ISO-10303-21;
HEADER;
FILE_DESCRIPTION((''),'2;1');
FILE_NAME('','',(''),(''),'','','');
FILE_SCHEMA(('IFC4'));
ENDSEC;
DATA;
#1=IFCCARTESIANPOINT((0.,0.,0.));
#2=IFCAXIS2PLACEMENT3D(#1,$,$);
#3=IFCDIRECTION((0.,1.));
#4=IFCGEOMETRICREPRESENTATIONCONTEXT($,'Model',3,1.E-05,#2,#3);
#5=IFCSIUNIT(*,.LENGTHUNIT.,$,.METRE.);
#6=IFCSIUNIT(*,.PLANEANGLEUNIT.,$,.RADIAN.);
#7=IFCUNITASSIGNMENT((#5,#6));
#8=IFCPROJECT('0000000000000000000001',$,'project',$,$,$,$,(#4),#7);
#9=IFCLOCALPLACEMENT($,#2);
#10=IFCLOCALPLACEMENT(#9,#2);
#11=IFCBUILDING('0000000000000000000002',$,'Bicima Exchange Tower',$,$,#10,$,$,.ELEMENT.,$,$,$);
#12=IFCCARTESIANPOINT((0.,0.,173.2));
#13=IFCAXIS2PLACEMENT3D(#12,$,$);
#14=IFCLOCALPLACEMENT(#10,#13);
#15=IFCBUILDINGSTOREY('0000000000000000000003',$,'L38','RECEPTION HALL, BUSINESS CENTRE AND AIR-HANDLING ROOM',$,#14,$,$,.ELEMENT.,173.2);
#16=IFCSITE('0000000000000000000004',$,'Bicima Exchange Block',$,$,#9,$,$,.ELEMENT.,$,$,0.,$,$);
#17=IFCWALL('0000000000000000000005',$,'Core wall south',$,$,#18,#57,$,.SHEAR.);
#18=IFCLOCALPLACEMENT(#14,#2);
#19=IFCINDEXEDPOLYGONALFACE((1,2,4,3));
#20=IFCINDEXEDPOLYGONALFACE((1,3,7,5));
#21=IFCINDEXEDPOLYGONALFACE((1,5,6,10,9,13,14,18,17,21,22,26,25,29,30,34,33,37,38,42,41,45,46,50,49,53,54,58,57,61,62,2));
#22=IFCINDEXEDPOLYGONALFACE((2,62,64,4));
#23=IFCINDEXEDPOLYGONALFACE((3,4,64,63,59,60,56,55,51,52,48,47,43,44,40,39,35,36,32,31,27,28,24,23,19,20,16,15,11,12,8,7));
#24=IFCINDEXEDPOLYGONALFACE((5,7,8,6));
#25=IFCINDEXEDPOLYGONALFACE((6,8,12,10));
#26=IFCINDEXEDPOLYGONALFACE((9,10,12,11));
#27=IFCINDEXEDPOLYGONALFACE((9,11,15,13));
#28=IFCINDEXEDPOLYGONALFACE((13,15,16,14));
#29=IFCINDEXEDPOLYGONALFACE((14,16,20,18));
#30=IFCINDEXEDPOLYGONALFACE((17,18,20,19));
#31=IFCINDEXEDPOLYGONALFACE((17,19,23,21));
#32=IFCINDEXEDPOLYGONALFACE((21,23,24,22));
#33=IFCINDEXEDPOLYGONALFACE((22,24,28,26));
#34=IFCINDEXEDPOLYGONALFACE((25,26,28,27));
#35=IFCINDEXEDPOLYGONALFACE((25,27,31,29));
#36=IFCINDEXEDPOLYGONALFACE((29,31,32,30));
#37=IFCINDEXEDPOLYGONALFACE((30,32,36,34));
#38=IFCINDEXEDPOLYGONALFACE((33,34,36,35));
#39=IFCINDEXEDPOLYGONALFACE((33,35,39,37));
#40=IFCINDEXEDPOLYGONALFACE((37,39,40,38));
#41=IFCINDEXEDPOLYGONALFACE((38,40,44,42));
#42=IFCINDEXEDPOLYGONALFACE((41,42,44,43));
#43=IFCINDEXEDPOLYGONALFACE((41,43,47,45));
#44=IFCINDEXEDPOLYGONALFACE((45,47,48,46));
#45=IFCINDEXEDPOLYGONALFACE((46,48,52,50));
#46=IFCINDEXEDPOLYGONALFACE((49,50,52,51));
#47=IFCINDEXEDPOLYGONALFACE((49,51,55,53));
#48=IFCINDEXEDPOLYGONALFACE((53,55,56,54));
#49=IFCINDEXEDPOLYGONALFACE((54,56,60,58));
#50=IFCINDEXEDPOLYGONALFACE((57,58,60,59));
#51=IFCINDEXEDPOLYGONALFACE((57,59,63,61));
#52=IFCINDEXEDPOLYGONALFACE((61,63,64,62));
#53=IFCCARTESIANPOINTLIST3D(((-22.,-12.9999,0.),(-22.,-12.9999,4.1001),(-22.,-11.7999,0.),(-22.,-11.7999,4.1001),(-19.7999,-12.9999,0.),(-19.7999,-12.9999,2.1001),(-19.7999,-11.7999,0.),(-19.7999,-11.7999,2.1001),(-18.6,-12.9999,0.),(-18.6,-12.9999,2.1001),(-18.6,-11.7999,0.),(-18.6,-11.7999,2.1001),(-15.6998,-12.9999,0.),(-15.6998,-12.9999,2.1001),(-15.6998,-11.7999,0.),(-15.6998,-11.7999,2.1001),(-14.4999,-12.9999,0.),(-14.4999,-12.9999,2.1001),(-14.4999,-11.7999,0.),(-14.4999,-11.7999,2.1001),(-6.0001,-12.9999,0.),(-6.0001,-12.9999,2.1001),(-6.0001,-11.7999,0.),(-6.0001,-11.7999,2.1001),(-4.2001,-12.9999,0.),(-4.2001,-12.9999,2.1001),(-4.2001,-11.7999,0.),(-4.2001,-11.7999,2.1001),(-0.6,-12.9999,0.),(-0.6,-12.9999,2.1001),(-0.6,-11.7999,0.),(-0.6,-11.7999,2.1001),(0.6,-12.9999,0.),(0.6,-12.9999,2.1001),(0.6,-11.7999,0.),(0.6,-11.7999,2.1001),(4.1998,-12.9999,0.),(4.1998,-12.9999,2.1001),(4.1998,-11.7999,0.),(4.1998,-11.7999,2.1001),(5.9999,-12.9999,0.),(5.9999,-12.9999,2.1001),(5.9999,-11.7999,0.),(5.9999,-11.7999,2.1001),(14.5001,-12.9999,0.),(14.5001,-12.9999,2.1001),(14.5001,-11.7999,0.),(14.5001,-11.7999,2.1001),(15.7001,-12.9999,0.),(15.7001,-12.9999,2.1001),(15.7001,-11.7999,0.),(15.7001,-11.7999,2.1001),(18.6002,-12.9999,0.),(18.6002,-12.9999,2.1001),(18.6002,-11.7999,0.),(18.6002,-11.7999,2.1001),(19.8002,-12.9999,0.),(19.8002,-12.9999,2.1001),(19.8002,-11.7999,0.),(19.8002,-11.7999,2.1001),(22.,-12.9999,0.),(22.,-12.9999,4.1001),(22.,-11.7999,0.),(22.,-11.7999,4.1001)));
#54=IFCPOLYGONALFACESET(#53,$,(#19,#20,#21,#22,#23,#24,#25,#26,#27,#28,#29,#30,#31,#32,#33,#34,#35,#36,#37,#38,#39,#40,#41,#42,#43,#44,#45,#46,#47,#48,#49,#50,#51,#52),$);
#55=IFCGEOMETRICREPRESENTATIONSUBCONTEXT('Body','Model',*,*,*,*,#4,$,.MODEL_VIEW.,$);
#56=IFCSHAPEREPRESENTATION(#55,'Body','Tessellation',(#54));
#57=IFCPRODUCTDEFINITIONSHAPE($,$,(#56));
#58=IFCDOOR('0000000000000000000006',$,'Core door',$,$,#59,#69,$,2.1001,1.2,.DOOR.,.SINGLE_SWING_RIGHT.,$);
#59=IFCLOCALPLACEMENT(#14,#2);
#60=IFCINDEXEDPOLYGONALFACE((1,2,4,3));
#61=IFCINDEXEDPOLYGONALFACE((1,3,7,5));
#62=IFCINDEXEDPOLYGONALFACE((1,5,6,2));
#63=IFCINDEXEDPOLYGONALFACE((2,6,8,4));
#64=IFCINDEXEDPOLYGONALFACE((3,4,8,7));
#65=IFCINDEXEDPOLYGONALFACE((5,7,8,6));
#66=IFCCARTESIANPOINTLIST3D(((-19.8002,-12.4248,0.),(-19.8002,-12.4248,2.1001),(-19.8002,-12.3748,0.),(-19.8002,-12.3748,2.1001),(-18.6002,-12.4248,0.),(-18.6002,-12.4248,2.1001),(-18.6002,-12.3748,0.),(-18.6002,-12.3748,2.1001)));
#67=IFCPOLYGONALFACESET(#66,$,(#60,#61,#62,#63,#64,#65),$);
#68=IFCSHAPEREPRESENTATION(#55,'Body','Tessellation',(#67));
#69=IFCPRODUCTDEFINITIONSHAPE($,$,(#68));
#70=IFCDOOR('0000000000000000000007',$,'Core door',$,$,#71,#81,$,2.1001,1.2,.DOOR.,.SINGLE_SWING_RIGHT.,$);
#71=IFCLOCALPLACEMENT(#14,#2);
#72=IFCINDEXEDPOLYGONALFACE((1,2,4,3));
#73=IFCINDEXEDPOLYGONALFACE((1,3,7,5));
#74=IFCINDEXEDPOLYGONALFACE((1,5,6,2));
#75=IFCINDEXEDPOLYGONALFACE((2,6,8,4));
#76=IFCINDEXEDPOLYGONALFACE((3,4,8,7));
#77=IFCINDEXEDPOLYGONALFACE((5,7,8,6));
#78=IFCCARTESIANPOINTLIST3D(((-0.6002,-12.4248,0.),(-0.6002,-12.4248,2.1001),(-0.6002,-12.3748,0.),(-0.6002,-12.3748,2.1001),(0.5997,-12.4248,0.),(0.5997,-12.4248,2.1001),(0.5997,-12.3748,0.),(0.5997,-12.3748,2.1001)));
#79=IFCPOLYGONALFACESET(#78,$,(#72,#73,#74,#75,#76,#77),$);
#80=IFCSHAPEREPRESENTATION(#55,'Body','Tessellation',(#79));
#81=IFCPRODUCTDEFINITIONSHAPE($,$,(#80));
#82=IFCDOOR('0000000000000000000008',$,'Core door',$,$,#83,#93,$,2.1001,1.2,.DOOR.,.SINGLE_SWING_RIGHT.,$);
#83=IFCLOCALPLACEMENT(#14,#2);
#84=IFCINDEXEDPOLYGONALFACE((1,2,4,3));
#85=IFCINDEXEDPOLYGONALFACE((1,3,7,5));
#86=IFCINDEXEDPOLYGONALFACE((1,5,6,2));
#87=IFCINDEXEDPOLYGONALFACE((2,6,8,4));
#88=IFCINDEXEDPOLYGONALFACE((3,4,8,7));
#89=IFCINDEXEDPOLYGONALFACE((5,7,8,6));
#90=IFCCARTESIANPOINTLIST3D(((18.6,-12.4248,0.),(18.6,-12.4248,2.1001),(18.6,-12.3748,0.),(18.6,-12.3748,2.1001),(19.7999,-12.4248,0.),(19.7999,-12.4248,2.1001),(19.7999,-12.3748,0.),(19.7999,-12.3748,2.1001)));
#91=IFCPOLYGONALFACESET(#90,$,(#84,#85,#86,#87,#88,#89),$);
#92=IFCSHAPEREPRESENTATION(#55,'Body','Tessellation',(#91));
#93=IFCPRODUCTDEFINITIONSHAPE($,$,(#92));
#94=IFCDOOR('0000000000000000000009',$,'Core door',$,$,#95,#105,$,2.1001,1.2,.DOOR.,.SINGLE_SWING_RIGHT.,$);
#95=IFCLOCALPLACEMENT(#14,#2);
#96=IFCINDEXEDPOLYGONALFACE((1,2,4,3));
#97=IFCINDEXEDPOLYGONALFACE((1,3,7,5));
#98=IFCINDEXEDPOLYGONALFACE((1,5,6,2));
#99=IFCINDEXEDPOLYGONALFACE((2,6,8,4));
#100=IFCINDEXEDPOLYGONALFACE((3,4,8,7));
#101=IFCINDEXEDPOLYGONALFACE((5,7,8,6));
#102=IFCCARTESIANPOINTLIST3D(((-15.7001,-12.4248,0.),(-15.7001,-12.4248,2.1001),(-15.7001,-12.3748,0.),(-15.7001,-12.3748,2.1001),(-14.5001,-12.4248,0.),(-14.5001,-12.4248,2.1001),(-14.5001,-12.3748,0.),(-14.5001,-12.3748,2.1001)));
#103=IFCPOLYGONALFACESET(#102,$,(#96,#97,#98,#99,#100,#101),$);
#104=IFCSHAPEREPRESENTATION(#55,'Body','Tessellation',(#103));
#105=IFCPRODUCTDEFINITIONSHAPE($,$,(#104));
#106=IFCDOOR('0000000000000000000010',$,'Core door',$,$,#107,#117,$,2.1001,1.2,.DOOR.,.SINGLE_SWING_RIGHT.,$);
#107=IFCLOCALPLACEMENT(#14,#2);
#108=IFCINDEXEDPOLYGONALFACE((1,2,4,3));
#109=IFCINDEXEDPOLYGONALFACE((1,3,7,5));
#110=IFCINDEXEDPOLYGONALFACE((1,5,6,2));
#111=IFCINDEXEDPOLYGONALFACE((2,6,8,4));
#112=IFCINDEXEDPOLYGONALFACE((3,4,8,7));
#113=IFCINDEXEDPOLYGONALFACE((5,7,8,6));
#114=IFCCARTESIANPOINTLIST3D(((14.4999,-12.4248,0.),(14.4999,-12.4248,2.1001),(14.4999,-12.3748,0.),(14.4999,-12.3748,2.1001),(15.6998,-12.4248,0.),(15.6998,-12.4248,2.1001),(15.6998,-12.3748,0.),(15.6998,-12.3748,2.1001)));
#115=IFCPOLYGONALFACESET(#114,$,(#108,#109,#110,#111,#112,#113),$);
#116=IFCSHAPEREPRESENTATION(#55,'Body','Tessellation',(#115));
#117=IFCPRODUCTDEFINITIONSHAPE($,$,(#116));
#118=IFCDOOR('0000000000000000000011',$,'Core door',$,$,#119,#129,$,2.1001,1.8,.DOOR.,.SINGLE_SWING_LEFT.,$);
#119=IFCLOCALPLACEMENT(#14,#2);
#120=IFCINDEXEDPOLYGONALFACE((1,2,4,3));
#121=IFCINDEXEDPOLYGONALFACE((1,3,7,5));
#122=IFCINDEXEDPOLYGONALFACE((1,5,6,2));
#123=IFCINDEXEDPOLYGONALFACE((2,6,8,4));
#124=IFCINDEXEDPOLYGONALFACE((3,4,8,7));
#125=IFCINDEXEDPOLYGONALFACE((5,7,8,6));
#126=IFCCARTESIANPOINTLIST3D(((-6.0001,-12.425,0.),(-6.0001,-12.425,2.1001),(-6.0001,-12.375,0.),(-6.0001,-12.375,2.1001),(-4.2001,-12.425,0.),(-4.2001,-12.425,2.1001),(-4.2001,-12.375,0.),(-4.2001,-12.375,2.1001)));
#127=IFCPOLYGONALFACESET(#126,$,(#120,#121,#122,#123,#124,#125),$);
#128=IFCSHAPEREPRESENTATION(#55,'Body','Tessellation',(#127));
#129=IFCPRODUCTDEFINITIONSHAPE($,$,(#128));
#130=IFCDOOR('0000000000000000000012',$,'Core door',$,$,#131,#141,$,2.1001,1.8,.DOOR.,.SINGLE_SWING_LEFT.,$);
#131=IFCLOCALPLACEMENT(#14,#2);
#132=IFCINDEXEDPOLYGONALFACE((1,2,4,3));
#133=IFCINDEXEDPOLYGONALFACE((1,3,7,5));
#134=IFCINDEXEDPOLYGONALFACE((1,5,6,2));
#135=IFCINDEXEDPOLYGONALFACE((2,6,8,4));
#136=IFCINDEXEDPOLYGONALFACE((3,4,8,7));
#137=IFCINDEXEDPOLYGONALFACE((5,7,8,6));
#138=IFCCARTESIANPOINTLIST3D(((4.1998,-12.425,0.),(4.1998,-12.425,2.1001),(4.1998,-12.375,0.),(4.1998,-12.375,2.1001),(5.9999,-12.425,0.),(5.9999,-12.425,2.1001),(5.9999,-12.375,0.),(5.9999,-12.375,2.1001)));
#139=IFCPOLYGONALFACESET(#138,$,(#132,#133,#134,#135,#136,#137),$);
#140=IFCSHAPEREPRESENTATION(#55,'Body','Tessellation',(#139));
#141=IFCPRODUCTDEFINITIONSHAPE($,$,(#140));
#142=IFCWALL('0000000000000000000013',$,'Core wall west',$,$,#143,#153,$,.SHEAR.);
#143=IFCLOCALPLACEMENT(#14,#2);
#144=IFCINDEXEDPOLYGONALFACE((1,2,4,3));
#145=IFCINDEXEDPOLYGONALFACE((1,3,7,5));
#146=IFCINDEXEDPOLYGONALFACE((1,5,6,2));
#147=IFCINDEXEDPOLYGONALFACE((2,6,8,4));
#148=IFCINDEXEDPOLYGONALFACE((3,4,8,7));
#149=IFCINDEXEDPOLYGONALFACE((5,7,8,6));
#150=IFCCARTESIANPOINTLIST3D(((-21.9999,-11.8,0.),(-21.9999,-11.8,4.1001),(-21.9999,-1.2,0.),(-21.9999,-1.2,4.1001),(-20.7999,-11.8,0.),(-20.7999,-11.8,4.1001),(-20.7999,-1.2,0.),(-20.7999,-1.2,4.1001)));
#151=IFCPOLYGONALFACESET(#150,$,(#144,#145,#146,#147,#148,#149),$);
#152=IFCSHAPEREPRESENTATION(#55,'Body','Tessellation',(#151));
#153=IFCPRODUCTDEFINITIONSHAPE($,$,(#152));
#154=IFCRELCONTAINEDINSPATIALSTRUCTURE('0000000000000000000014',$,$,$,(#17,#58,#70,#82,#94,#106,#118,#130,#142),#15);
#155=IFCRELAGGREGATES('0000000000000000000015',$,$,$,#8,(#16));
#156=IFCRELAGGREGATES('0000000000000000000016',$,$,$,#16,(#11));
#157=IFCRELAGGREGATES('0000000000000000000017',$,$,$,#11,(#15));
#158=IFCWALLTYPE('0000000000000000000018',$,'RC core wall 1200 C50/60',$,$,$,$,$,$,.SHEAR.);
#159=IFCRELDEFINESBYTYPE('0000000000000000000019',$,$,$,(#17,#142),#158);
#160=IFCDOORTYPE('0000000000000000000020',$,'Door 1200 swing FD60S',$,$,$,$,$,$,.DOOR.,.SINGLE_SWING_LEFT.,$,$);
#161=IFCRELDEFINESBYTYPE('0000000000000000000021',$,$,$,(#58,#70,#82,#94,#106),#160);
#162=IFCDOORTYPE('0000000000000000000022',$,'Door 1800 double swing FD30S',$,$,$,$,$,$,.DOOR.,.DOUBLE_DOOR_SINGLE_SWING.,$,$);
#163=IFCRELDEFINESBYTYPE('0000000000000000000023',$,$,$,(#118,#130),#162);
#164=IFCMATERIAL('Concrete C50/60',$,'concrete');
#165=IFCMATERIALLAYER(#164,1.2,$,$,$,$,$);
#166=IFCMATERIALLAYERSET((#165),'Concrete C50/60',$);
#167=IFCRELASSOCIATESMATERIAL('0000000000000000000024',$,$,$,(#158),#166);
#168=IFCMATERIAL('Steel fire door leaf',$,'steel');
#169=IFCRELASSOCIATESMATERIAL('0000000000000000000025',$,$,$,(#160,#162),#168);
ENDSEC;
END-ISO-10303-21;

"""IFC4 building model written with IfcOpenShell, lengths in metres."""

from ifc_helpers import new_model, si_unit, direction, frame, frame_2d, origin, place, context, subcontext, project, spatial, rectangle, extrude, material, layer, layer_set, type_object, element, fill, save


model = new_model("IFC4")

# Units and contexts
model_context = context("Model", 3, precision=1e-05, world=origin(), true_north=direction((0.0, 1.0)))
body_context = subcontext(model_context, "Body", "Model", "MODEL_VIEW")
ifc_project = project(units=[si_unit("LENGTHUNIT", "METRE"), si_unit("PLANEANGLEUNIT", "RADIAN")], contexts=[model_context])

# Site, building, storey
site_placement = place(None, origin())
site = spatial("IfcSite", under=ifc_project, at=site_placement, Name="Bicima Exchange Block", CompositionType="ELEMENT", RefElevation=0.0)
building_placement = place(site_placement, origin())
building = spatial("IfcBuilding", under=site, at=building_placement, Name="Bicima Exchange Tower", CompositionType="ELEMENT")
storey_placement = place(building_placement, frame((0.0, 0.0, 173.2)))
storey = spatial("IfcBuildingStorey", under=building, at=storey_placement, Name="L38", Description="RECEPTION HALL, BUSINESS CENTRE AND AIR-HANDLING ROOM", CompositionType="ELEMENT", Elevation=173.2)

# Wall, openings, doors
ifc_material_1 = material(Name="Concrete C50/60", Category="concrete")
ifc_layer_1 = layer(ifc_material_1, 1.2)
ifc_layer_set_1 = layer_set([ifc_layer_1], Name="Concrete C50/60")
wall_type_1 = type_object("IfcWallType", Name="RC core wall 1200 C50/60", PredefinedType="SHEAR", material=ifc_layer_set_1)
wall_1_placement = place(storey_placement, frame((-22.0, -12.3999, 0.0), z_axis=(0.0, 0.0, 1.0), x_axis=(1.0, 0.0, 0.0)))
wall_1 = element("IfcWall", 1, at=wall_1_placement, inside=storey, type_object=wall_type_1, Name="Core wall south", PredefinedType="SHEAR", context=body_context, shape_type="SweptSolid", body=[
    extrude(rectangle(XDim=44.0, YDim=1.2, at=frame_2d((22.0, 0.0))), origin(), (0.0, 0.0, 1.0), 4.1001),
])
opening_1_placement = place(wall_1_placement, frame((2.2, 0.0, 0.0)))
opening_1 = element("IfcOpeningElement", 2, at=opening_1_placement, cuts=wall_1, PredefinedType="OPENING", context=body_context, shape_type="SweptSolid", body=[
    extrude(rectangle(XDim=1.2, YDim=2.1001, at=frame_2d((0.6001, 1.05))), frame((0.0, 0.6118, 0.0), z_axis=(0.0, -1.0, 0.0), x_axis=(1.0, 0.0, 0.0)), (0.0, 0.0, 1.0), 1.2239),
])
opening_2_placement = place(wall_1_placement, frame((21.3999, 0.0, 0.0)))
opening_2 = element("IfcOpeningElement", 3, at=opening_2_placement, cuts=wall_1, PredefinedType="OPENING", context=body_context, shape_type="SweptSolid", body=[
    extrude(rectangle(XDim=1.2, YDim=2.1001, at=frame_2d((0.6001, 1.05))), frame((0.0, 0.6118, 0.0), z_axis=(0.0, -1.0, 0.0), x_axis=(1.0, 0.0, 0.0)), (0.0, 0.0, 1.0), 1.2239),
])
opening_3_placement = place(wall_1_placement, frame((40.6001, 0.0, 0.0)))
opening_3 = element("IfcOpeningElement", 4, at=opening_3_placement, cuts=wall_1, PredefinedType="OPENING", context=body_context, shape_type="SweptSolid", body=[
    extrude(rectangle(XDim=1.2, YDim=2.1001, at=frame_2d((0.6001, 1.05))), frame((0.0, 0.6118, 0.0), z_axis=(0.0, -1.0, 0.0), x_axis=(1.0, 0.0, 0.0)), (0.0, 0.0, 1.0), 1.2239),
])
opening_4_placement = place(wall_1_placement, frame((16.0, 0.0, 0.0)))
opening_4 = element("IfcOpeningElement", 5, at=opening_4_placement, cuts=wall_1, PredefinedType="OPENING", context=body_context, shape_type="SweptSolid", body=[
    extrude(rectangle(XDim=1.8, YDim=2.1001, at=frame_2d((0.8999, 1.05))), frame((0.0, 0.6118, 0.0), z_axis=(0.0, -1.0, 0.0), x_axis=(1.0, 0.0, 0.0)), (0.0, 0.0, 1.0), 1.2239),
])
opening_5_placement = place(wall_1_placement, frame((6.3, 0.0, 0.0)))
opening_5 = element("IfcOpeningElement", 6, at=opening_5_placement, cuts=wall_1, PredefinedType="OPENING", context=body_context, shape_type="SweptSolid", body=[
    extrude(rectangle(XDim=1.2, YDim=2.1001, at=frame_2d((0.6001, 1.05))), frame((0.0, 0.6118, 0.0), z_axis=(0.0, -1.0, 0.0), x_axis=(1.0, 0.0, 0.0)), (0.0, 0.0, 1.0), 1.2239),
])
opening_6_placement = place(wall_1_placement, frame((26.2, 0.0, 0.0)))
opening_6 = element("IfcOpeningElement", 7, at=opening_6_placement, cuts=wall_1, PredefinedType="OPENING", context=body_context, shape_type="SweptSolid", body=[
    extrude(rectangle(XDim=1.8, YDim=2.1001, at=frame_2d((0.8999, 1.05))), frame((0.0, 0.6118, 0.0), z_axis=(0.0, -1.0, 0.0), x_axis=(1.0, 0.0, 0.0)), (0.0, 0.0, 1.0), 1.2239),
])
opening_7_placement = place(wall_1_placement, frame((36.5, 0.0, 0.0)))
opening_7 = element("IfcOpeningElement", 8, at=opening_7_placement, cuts=wall_1, PredefinedType="OPENING", context=body_context, shape_type="SweptSolid", body=[
    extrude(rectangle(XDim=1.2, YDim=2.1001, at=frame_2d((0.6001, 1.05))), frame((0.0, 0.6118, 0.0), z_axis=(0.0, -1.0, 0.0), x_axis=(1.0, 0.0, 0.0)), (0.0, 0.0, 1.0), 1.2239),
])
ifc_material_2 = material(Name="Steel fire door leaf", Category="steel")
door_type_1 = type_object("IfcDoorType", Name="Door 1200 swing FD60S", OperationType="SINGLE_SWING_LEFT", PredefinedType="DOOR", material=ifc_material_2)
door_1_placement = place(opening_1_placement, frame((1.2, 0.0, 0.0), z_axis=(0.0, 0.0, 1.0), x_axis=(-1.0, 0.0, 0.0)))
door_1 = element("IfcDoor", 9, at=door_1_placement, inside=storey, type_object=door_type_1, Name="Core door", OperationType="SINGLE_SWING_RIGHT", OverallHeight=2.1001, OverallWidth=1.2, PredefinedType="DOOR", context=body_context, shape_type="SweptSolid", body=[
    extrude(rectangle(XDim=1.2, YDim=2.1001, at=frame_2d((0.6001, 1.05))), frame((0.0, 0.0249, 0.0), z_axis=(0.0, -1.0, 0.0), x_axis=(1.0, 0.0, 0.0)), (0.0, 0.0, 1.0), 0.05),
])
fill(opening_1, door_1)
door_2_placement = place(opening_2_placement, frame((1.2, 0.0, 0.0), z_axis=(0.0, 0.0, 1.0), x_axis=(-1.0, 0.0, 0.0)))
door_2 = element("IfcDoor", 10, at=door_2_placement, inside=storey, type_object=door_type_1, Name="Core door", OperationType="SINGLE_SWING_RIGHT", OverallHeight=2.1001, OverallWidth=1.2, PredefinedType="DOOR", context=body_context, shape_type="SweptSolid", body=[
    extrude(rectangle(XDim=1.2, YDim=2.1001, at=frame_2d((0.6001, 1.05))), frame((0.0, 0.0249, 0.0), z_axis=(0.0, -1.0, 0.0), x_axis=(1.0, 0.0, 0.0)), (0.0, 0.0, 1.0), 0.05),
])
fill(opening_2, door_2)
door_3_placement = place(opening_3_placement, frame((1.2, 0.0, 0.0), z_axis=(0.0, 0.0, 1.0), x_axis=(-1.0, 0.0, 0.0)))
door_3 = element("IfcDoor", 11, at=door_3_placement, inside=storey, type_object=door_type_1, Name="Core door", OperationType="SINGLE_SWING_RIGHT", OverallHeight=2.1001, OverallWidth=1.2, PredefinedType="DOOR", context=body_context, shape_type="SweptSolid", body=[
    extrude(rectangle(XDim=1.2, YDim=2.1001, at=frame_2d((0.6001, 1.05))), frame((0.0, 0.0249, 0.0), z_axis=(0.0, -1.0, 0.0), x_axis=(1.0, 0.0, 0.0)), (0.0, 0.0, 1.0), 0.05),
])
fill(opening_3, door_3)
door_4_placement = place(opening_5_placement, frame((1.2, 0.0, 0.0), z_axis=(0.0, 0.0, 1.0), x_axis=(-1.0, 0.0, 0.0)))
door_4 = element("IfcDoor", 12, at=door_4_placement, inside=storey, type_object=door_type_1, Name="Core door", OperationType="SINGLE_SWING_RIGHT", OverallHeight=2.1001, OverallWidth=1.2, PredefinedType="DOOR", context=body_context, shape_type="SweptSolid", body=[
    extrude(rectangle(XDim=1.2, YDim=2.1001, at=frame_2d((0.6001, 1.05))), frame((0.0, 0.0249, 0.0), z_axis=(0.0, -1.0, 0.0), x_axis=(1.0, 0.0, 0.0)), (0.0, 0.0, 1.0), 0.05),
])
fill(opening_5, door_4)
door_5_placement = place(opening_7_placement, frame((1.2, 0.0, 0.0), z_axis=(0.0, 0.0, 1.0), x_axis=(-1.0, 0.0, 0.0)))
door_5 = element("IfcDoor", 13, at=door_5_placement, inside=storey, type_object=door_type_1, Name="Core door", OperationType="SINGLE_SWING_RIGHT", OverallHeight=2.1001, OverallWidth=1.2, PredefinedType="DOOR", context=body_context, shape_type="SweptSolid", body=[
    extrude(rectangle(XDim=1.2, YDim=2.1001, at=frame_2d((0.6001, 1.05))), frame((0.0, 0.0249, 0.0), z_axis=(0.0, -1.0, 0.0), x_axis=(1.0, 0.0, 0.0)), (0.0, 0.0, 1.0), 0.05),
])
fill(opening_7, door_5)
door_type_2 = type_object("IfcDoorType", Name="Door 1800 double swing FD30S", OperationType="DOUBLE_DOOR_SINGLE_SWING", PredefinedType="DOOR", material=ifc_material_2)
door_6_placement = place(opening_4_placement, origin())
door_6 = element("IfcDoor", 14, at=door_6_placement, inside=storey, type_object=door_type_2, Name="Core door", OperationType="SINGLE_SWING_LEFT", OverallHeight=2.1001, OverallWidth=1.8, PredefinedType="DOOR", context=body_context, shape_type="SweptSolid", body=[
    extrude(rectangle(XDim=1.8, YDim=2.1001, at=frame_2d((0.8999, 1.05))), frame((0.0, 0.0249, 0.0), z_axis=(0.0, -1.0, 0.0), x_axis=(1.0, 0.0, 0.0)), (0.0, 0.0, 1.0), 0.05),
])
fill(opening_4, door_6)
door_7_placement = place(opening_6_placement, origin())
door_7 = element("IfcDoor", 15, at=door_7_placement, inside=storey, type_object=door_type_2, Name="Core door", OperationType="SINGLE_SWING_LEFT", OverallHeight=2.1001, OverallWidth=1.8, PredefinedType="DOOR", context=body_context, shape_type="SweptSolid", body=[
    extrude(rectangle(XDim=1.8, YDim=2.1001, at=frame_2d((0.8999, 1.05))), frame((0.0, 0.0249, 0.0), z_axis=(0.0, -1.0, 0.0), x_axis=(1.0, 0.0, 0.0)), (0.0, 0.0, 1.0), 0.05),
])
fill(opening_6, door_7)

# Wall
wall_2_placement = place(storey_placement, frame((-21.3999, -11.8, 0.0), z_axis=(0.0, 0.0, 1.0), x_axis=(0.0, 1.0, 0.0)))
element("IfcWall", 16, at=wall_2_placement, inside=storey, type_object=wall_type_1, Name="Core wall west", PredefinedType="SHEAR", context=body_context, shape_type="SweptSolid", body=[
    extrude(rectangle(XDim=10.6001, YDim=1.2, at=frame_2d((5.3, 0.0))), origin(), (0.0, 0.0, 1.0), 4.1001),
])

save(model, "model.ifc")
